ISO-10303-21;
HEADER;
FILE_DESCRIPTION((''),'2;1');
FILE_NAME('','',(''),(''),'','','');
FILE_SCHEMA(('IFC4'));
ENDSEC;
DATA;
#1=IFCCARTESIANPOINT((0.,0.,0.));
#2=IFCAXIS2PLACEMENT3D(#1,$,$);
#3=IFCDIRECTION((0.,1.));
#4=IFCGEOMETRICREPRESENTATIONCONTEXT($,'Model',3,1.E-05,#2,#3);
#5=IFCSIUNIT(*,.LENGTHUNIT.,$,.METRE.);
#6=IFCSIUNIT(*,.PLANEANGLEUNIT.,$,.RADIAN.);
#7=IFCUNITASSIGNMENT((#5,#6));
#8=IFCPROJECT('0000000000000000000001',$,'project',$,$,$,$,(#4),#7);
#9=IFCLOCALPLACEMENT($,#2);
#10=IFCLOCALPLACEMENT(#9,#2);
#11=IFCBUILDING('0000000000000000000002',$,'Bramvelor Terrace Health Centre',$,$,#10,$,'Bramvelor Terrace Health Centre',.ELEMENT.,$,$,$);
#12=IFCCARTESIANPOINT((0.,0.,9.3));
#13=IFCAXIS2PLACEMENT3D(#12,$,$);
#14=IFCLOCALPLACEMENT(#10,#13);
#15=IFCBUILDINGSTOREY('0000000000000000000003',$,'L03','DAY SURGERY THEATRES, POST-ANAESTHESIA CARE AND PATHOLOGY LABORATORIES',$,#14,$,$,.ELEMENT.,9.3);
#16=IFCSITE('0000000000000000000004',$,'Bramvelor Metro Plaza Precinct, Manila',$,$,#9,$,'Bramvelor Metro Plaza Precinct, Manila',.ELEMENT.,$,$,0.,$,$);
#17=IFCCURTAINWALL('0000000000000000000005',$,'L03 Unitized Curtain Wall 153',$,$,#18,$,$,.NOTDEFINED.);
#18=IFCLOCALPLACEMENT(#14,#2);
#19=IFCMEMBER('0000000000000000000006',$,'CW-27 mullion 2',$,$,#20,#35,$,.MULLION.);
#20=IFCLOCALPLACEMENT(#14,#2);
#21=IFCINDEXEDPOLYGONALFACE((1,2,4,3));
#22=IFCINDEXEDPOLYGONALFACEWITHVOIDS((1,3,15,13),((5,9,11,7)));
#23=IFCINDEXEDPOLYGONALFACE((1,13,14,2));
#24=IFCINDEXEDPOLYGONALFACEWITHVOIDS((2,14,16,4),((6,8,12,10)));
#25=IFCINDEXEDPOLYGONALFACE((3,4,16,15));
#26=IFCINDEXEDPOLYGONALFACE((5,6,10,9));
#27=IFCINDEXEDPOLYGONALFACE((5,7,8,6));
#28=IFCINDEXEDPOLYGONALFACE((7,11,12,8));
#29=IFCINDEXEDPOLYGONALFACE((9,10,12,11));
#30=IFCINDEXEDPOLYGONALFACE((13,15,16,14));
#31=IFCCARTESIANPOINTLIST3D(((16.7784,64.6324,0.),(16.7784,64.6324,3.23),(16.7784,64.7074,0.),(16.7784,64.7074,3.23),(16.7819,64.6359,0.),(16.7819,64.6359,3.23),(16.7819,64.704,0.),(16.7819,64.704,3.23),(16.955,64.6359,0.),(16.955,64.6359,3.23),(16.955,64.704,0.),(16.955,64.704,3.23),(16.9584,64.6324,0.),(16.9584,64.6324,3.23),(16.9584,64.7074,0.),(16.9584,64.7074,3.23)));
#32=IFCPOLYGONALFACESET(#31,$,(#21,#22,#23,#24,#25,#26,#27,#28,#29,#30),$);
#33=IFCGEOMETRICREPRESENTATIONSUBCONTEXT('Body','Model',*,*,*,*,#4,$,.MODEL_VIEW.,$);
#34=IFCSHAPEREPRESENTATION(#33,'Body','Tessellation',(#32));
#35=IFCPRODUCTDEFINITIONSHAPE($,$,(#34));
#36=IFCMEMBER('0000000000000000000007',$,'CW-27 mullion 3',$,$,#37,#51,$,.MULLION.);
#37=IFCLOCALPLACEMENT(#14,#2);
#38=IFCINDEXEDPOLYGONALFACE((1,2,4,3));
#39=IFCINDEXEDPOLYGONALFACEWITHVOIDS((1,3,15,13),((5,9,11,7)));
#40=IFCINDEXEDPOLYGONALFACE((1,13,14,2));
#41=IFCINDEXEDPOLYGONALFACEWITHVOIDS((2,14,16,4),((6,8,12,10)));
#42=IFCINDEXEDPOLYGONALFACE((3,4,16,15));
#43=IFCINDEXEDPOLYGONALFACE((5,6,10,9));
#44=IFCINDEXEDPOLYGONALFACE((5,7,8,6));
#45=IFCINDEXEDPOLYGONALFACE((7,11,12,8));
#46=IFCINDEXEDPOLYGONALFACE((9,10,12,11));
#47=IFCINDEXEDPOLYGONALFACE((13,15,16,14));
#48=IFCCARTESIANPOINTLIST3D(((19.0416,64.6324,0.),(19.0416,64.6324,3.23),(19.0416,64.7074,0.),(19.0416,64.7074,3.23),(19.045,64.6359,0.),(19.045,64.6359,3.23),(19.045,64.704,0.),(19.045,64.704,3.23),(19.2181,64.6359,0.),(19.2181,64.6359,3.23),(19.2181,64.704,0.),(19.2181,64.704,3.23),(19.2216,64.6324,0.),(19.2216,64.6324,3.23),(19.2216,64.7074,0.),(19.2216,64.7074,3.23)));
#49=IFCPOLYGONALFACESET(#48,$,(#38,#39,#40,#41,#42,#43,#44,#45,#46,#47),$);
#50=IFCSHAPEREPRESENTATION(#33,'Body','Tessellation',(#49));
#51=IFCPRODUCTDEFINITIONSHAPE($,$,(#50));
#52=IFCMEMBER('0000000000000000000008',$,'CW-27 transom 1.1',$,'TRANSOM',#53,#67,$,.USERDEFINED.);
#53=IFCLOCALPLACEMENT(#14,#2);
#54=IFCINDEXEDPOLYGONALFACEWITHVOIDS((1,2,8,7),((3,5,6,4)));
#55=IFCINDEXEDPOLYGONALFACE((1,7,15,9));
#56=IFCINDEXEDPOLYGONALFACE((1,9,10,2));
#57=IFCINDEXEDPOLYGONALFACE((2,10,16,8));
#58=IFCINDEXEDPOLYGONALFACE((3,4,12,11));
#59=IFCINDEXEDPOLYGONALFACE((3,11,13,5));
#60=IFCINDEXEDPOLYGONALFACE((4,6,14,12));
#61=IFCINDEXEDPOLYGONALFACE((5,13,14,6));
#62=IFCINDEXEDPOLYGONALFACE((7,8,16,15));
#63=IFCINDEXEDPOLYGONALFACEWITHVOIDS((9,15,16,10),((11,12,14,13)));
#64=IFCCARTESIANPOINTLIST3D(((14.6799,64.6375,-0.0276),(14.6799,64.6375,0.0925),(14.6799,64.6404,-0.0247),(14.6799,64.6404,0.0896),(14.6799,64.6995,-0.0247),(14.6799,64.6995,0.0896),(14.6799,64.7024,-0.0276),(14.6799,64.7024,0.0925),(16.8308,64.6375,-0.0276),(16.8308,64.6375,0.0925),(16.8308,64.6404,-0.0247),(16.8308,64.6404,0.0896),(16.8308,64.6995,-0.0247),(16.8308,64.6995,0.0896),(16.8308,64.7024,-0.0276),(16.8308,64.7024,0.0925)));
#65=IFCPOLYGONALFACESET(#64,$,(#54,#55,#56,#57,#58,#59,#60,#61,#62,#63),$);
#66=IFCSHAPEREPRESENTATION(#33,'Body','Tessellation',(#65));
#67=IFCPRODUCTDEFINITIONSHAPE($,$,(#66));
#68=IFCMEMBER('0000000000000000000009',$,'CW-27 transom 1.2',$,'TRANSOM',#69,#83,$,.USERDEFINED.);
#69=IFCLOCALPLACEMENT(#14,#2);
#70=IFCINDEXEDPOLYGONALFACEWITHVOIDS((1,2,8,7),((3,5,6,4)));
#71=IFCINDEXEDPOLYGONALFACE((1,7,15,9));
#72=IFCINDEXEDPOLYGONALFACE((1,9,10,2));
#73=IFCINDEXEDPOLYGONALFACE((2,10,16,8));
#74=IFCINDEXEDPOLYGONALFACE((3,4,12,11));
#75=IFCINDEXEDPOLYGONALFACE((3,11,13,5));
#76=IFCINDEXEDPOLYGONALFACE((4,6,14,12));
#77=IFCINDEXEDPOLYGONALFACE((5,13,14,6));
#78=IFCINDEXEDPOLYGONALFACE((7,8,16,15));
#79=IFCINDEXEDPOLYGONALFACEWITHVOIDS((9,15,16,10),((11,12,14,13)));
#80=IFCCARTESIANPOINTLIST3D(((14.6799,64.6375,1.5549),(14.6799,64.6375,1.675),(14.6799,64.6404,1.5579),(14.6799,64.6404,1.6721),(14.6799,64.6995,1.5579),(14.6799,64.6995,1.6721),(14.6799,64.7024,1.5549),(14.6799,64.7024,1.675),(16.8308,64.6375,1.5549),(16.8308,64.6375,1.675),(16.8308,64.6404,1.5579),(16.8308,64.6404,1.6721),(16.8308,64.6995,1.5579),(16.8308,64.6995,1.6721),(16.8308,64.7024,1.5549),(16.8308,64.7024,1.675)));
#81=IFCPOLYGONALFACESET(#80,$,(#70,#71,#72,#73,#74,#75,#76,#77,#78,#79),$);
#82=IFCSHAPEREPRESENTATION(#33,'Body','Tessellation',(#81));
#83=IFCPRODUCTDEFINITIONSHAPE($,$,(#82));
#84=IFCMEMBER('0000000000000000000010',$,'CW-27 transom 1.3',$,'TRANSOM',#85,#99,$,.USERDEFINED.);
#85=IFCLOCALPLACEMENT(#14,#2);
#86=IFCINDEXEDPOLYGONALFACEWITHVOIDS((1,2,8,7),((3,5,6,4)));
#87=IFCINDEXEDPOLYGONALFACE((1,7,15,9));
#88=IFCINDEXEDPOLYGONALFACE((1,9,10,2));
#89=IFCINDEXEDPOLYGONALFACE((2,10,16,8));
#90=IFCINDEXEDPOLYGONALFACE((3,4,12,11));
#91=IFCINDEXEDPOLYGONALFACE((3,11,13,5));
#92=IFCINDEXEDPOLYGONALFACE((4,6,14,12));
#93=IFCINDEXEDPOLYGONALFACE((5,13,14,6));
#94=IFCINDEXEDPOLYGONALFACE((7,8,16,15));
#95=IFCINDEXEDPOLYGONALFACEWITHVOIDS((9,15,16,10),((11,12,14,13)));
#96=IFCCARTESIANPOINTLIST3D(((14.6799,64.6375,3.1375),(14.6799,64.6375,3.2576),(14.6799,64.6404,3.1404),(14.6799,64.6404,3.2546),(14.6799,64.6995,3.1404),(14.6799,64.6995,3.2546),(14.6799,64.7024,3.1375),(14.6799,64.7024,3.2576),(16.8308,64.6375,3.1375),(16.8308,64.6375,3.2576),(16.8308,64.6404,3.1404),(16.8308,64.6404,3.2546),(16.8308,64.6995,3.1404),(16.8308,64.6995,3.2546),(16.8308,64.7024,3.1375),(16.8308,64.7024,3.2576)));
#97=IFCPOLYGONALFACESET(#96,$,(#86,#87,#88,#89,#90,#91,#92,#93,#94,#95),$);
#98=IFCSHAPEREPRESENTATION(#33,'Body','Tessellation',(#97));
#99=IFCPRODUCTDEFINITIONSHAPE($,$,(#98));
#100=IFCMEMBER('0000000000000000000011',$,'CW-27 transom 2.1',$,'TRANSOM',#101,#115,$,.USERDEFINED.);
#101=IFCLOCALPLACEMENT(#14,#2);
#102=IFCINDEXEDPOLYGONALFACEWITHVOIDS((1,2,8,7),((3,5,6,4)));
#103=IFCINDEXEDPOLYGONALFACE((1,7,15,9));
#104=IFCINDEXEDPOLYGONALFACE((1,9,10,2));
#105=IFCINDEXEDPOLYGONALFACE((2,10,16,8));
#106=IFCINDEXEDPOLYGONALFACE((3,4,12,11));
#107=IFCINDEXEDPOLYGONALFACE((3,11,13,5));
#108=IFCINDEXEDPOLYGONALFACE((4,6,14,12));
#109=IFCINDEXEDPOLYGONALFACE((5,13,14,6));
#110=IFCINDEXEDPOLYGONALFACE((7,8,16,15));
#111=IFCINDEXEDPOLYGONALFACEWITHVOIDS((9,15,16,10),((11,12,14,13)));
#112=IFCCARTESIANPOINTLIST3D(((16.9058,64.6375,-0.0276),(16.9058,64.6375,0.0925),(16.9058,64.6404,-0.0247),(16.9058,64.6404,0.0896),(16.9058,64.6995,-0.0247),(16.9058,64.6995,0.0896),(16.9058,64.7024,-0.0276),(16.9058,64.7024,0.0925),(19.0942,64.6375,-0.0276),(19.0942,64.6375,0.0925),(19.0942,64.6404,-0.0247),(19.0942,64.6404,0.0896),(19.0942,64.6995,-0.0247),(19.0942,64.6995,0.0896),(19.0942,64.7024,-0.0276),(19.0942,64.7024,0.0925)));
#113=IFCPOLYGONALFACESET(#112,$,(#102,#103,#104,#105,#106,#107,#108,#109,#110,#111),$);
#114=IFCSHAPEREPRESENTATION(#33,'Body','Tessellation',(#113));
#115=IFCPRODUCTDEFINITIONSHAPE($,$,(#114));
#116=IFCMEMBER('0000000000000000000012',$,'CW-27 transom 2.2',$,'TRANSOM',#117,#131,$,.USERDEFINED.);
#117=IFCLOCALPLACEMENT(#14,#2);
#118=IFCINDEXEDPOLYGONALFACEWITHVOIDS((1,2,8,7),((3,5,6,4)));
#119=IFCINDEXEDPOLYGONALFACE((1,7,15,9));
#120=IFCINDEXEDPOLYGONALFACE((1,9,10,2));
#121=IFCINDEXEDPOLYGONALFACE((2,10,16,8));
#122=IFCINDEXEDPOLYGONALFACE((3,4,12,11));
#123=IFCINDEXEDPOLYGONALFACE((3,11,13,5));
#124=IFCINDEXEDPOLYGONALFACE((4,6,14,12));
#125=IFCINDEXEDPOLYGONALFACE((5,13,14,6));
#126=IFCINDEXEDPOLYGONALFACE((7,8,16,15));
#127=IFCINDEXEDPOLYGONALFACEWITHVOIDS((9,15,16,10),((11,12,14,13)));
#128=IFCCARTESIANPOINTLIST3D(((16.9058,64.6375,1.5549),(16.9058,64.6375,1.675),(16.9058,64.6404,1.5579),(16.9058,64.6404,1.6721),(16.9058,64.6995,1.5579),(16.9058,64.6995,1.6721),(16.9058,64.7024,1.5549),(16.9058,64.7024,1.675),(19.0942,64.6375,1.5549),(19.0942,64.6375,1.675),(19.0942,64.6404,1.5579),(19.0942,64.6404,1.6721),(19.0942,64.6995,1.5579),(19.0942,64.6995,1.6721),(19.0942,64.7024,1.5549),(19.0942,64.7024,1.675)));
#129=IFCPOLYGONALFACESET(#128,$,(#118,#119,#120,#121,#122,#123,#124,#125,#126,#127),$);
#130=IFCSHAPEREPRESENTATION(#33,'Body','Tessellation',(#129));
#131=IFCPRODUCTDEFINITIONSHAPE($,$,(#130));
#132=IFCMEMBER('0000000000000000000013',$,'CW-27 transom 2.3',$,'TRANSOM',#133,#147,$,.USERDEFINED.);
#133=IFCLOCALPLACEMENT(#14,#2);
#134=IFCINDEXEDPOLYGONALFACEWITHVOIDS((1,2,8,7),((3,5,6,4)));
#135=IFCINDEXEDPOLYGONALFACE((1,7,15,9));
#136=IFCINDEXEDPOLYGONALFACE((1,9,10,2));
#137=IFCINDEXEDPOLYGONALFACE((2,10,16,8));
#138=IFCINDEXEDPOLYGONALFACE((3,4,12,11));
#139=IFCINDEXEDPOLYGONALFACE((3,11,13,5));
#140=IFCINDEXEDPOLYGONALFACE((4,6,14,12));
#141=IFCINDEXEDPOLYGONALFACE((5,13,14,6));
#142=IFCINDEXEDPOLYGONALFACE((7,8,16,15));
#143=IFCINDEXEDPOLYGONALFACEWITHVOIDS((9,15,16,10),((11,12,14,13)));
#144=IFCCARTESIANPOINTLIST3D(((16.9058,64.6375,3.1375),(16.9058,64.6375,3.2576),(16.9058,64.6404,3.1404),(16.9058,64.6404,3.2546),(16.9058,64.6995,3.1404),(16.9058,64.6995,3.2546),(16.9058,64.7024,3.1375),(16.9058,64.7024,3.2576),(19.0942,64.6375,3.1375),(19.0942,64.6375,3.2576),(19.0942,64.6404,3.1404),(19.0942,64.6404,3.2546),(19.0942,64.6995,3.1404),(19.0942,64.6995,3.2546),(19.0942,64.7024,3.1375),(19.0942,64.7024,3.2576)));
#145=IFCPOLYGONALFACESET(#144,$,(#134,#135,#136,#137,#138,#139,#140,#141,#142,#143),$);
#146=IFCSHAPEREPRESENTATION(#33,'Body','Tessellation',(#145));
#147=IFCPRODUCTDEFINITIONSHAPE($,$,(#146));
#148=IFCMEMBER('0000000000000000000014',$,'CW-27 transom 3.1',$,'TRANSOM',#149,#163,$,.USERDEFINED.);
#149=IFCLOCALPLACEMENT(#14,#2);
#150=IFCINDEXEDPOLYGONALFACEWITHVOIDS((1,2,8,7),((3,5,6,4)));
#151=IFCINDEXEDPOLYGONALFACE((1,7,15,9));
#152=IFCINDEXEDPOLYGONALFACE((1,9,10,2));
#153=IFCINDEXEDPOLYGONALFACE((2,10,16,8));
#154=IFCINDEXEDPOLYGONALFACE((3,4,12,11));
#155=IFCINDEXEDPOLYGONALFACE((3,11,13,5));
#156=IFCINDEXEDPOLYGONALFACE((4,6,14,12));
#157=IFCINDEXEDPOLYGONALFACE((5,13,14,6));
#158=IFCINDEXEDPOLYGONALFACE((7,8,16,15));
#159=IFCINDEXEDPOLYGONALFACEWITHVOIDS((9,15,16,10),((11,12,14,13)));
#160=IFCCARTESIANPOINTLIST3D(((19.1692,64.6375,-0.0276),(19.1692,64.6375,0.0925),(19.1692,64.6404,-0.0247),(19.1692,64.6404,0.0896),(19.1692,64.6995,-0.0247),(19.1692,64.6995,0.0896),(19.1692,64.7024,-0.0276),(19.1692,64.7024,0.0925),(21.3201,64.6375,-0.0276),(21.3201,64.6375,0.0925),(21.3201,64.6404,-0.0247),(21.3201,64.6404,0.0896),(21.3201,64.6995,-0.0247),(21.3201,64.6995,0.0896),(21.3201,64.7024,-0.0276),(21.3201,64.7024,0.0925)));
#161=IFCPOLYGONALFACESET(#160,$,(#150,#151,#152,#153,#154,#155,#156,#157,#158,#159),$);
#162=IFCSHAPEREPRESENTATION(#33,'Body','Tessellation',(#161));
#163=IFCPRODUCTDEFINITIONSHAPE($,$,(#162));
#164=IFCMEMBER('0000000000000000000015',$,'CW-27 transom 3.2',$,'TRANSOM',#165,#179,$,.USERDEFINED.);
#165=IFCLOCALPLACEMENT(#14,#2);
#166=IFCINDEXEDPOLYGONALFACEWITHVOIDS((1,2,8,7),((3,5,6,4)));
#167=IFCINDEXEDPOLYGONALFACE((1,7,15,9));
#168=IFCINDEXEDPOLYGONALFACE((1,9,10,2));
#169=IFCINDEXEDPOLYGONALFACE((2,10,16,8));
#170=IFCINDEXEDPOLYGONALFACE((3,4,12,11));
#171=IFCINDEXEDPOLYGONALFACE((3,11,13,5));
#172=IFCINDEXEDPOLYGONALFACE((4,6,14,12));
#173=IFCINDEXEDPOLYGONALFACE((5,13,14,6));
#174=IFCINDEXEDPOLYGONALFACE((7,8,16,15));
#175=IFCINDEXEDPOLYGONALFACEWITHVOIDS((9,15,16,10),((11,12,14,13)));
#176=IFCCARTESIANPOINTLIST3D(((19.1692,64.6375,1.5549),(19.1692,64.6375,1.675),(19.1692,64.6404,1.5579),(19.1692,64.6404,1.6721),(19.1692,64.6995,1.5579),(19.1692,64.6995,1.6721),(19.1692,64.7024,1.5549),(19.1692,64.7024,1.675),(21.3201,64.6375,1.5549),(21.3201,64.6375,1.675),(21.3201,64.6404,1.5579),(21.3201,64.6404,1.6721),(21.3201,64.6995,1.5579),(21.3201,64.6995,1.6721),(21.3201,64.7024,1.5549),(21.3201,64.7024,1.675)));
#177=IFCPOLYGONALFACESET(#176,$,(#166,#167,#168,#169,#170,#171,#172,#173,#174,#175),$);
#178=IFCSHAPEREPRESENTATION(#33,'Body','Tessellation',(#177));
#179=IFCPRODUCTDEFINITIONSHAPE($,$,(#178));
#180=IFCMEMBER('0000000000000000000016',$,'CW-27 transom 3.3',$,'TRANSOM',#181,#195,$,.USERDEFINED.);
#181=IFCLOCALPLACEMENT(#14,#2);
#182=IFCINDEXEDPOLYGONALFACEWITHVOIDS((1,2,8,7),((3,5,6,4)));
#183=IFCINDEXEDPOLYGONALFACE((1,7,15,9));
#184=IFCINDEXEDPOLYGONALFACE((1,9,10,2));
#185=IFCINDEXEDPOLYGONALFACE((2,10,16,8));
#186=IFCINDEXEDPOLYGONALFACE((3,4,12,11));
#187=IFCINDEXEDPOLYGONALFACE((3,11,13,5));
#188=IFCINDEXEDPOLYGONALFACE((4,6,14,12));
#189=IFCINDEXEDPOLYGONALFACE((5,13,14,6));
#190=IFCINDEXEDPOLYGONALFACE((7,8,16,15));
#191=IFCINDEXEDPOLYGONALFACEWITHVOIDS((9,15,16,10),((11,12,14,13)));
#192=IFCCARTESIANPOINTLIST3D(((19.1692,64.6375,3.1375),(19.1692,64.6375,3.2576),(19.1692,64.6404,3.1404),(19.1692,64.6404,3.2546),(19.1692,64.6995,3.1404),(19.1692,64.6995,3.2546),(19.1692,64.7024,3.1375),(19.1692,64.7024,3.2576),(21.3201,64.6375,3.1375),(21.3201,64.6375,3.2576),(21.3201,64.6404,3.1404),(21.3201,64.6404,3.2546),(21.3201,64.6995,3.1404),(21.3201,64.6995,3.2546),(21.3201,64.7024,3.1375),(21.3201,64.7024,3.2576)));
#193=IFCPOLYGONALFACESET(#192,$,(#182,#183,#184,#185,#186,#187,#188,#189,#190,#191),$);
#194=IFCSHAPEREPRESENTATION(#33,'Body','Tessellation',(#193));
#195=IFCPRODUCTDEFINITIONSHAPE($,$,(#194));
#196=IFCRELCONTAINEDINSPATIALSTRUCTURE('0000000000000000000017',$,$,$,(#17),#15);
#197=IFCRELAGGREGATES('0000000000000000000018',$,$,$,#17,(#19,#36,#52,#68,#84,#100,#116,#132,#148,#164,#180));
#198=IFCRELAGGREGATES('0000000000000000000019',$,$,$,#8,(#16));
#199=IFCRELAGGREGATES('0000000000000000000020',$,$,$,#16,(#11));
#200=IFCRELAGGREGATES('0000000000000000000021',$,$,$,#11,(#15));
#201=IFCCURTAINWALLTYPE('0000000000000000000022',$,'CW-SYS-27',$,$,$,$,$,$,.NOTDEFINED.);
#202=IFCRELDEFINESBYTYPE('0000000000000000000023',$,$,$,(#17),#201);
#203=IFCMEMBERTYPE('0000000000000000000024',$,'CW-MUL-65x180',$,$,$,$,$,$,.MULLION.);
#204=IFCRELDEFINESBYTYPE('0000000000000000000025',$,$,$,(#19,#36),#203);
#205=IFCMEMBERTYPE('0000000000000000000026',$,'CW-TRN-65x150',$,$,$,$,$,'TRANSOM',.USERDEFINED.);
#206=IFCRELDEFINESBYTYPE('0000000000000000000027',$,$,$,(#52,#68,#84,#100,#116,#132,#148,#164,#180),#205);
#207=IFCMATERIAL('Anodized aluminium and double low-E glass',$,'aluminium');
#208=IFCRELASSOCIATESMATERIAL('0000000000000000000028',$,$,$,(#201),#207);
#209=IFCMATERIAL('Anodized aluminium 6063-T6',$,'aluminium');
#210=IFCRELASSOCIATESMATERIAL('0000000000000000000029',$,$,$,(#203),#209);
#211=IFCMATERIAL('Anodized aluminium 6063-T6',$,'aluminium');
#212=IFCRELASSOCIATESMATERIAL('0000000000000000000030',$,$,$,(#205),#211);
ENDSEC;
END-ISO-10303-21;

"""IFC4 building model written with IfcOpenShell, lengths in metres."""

from ifc_helpers import new_model, si_unit, direction, frame, origin, origin_2d, place, context, subcontext, project, spatial, hollow_rectangle, extrude, material, material_profile, profile_set, type_object, element, aggregate, save


model = new_model("IFC4")

# Units and contexts
model_context = context("Model", 3, precision=1e-05, world=origin(), true_north=direction((0.0, 1.0)))
body_context = subcontext(model_context, "Body", "Model", "MODEL_VIEW")
ifc_project = project(units=[si_unit("LENGTHUNIT", "METRE"), si_unit("PLANEANGLEUNIT", "RADIAN")], contexts=[model_context])

# Site, building, storey
site_placement = place(None, origin())
site = spatial("IfcSite", under=ifc_project, at=site_placement, Name="Bramvelor Metro Plaza Precinct, Manila", LongName="Bramvelor Metro Plaza Precinct, Manila", CompositionType="ELEMENT", RefElevation=0.0)
building_placement = place(site_placement, origin())
building = spatial("IfcBuilding", under=site, at=building_placement, Name="Bramvelor Terrace Health Centre", LongName="Bramvelor Terrace Health Centre", CompositionType="ELEMENT")
storey_placement = place(building_placement, frame((0.0, 0.0, 9.3)))
storey = spatial("IfcBuildingStorey", under=building, at=storey_placement, Name="L03", Description="DAY SURGERY THEATRES, POST-ANAESTHESIA CARE AND PATHOLOGY LABORATORIES", CompositionType="ELEMENT", Elevation=9.3)

# Curtain wall, members
ifc_material_1 = material(Name="Anodized aluminium and double low-E glass", Category="aluminium")
curtain_wall_type = type_object("IfcCurtainWallType", Name="CW-SYS-27", PredefinedType="NOTDEFINED", material=ifc_material_1)
curtain_wall_placement = place(storey_placement, origin())
curtain_wall = element("IfcCurtainWall", 1, at=curtain_wall_placement, inside=storey, type_object=curtain_wall_type, Name="L03 Unitized Curtain Wall 153", PredefinedType="NOTDEFINED")
ifc_material_2 = material(Name="Anodized aluminium 6063-T6", Category="aluminium")
ifc_material_profile_1 = material_profile(ifc_material_2, hollow_rectangle(XDim=0.075, YDim=0.1799, WallThickness=0.0034, at=origin_2d()), Name="ALU-MUL 75x180x3.5")
ifc_profile_set_1 = profile_set([ifc_material_profile_1], Name="Anodized aluminium 6063-T6")
member_type_1 = type_object("IfcMemberType", Name="CW-MUL-65x180", PredefinedType="MULLION", material=ifc_profile_set_1)
member_1_placement = place(storey_placement, frame((16.8684, 64.6699, 0.0), z_axis=(0.0, 0.0, 1.0), x_axis=(0.0, 1.0, 0.0)))
member_1 = element("IfcMember", 2, at=member_1_placement, type_object=member_type_1, Name="CW-27 mullion 2", PredefinedType="MULLION", context=body_context, shape_type="SweptSolid", body=[
    extrude(hollow_rectangle(XDim=0.075, YDim=0.1799, WallThickness=0.0034, at=origin_2d()), origin(), (0.0, 0.0, 1.0), 3.23),
])
member_2_placement = place(storey_placement, frame((19.1316, 64.6699, 0.0), z_axis=(0.0, 0.0, 1.0), x_axis=(0.0, 1.0, 0.0)))
member_2 = element("IfcMember", 3, at=member_2_placement, type_object=member_type_1, Name="CW-27 mullion 3", PredefinedType="MULLION", context=body_context, shape_type="SweptSolid", body=[
    extrude(hollow_rectangle(XDim=0.075, YDim=0.1799, WallThickness=0.0034, at=origin_2d()), origin(), (0.0, 0.0, 1.0), 3.23),
])
ifc_material_3 = material(Name="Anodized aluminium 6063-T6", Category="aluminium")
ifc_material_profile_2 = material_profile(ifc_material_3, hollow_rectangle(XDim=0.0649, YDim=0.1201, WallThickness=0.0029, at=origin_2d()), Name="ALU-TRN 65x120x3.0")
ifc_profile_set_2 = profile_set([ifc_material_profile_2], Name="Anodized aluminium 6063-T6")
member_type_2 = type_object("IfcMemberType", Name="CW-TRN-65x150", ElementType="TRANSOM", PredefinedType="USERDEFINED", material=ifc_profile_set_2)
member_3_placement = place(storey_placement, frame((14.6799, 64.6699, 0.0325), z_axis=(1.0, 0.0, 0.0), x_axis=(0.0, 1.0, 0.0)))
member_3 = element("IfcMember", 4, at=member_3_placement, type_object=member_type_2, Name="CW-27 transom 1.1", ObjectType="TRANSOM", PredefinedType="USERDEFINED", context=body_context, shape_type="SweptSolid", body=[
    extrude(hollow_rectangle(XDim=0.0649, YDim=0.1201, WallThickness=0.0029, at=origin_2d()), origin(), (0.0, 0.0, 1.0), 2.1509),
])
member_4_placement = place(storey_placement, frame((14.6799, 64.6699, 1.615), z_axis=(1.0, 0.0, 0.0), x_axis=(0.0, 1.0, 0.0)))
member_4 = element("IfcMember", 5, at=member_4_placement, type_object=member_type_2, Name="CW-27 transom 1.2", ObjectType="TRANSOM", PredefinedType="USERDEFINED", context=body_context, shape_type="SweptSolid", body=[
    extrude(hollow_rectangle(XDim=0.0649, YDim=0.1201, WallThickness=0.0029, at=origin_2d()), origin(), (0.0, 0.0, 1.0), 2.1509),
])
member_5_placement = place(storey_placement, frame((14.6799, 64.6699, 3.1975), z_axis=(1.0, 0.0, 0.0), x_axis=(0.0, 1.0, 0.0)))
member_5 = element("IfcMember", 6, at=member_5_placement, type_object=member_type_2, Name="CW-27 transom 1.3", ObjectType="TRANSOM", PredefinedType="USERDEFINED", context=body_context, shape_type="SweptSolid", body=[
    extrude(hollow_rectangle(XDim=0.0649, YDim=0.1201, WallThickness=0.0029, at=origin_2d()), origin(), (0.0, 0.0, 1.0), 2.1509),
])
member_6_placement = place(storey_placement, frame((16.9058, 64.6699, 0.0325), z_axis=(1.0, 0.0, 0.0), x_axis=(0.0, 1.0, 0.0)))
member_6 = element("IfcMember", 7, at=member_6_placement, type_object=member_type_2, Name="CW-27 transom 2.1", ObjectType="TRANSOM", PredefinedType="USERDEFINED", context=body_context, shape_type="SweptSolid", body=[
    extrude(hollow_rectangle(XDim=0.0649, YDim=0.1201, WallThickness=0.0029, at=origin_2d()), origin(), (0.0, 0.0, 1.0), 2.1885),
])
member_7_placement = place(storey_placement, frame((16.9058, 64.6699, 1.615), z_axis=(1.0, 0.0, 0.0), x_axis=(0.0, 1.0, 0.0)))
member_7 = element("IfcMember", 8, at=member_7_placement, type_object=member_type_2, Name="CW-27 transom 2.2", ObjectType="TRANSOM", PredefinedType="USERDEFINED", context=body_context, shape_type="SweptSolid", body=[
    extrude(hollow_rectangle(XDim=0.0649, YDim=0.1201, WallThickness=0.0029, at=origin_2d()), origin(), (0.0, 0.0, 1.0), 2.1885),
])
member_8_placement = place(storey_placement, frame((16.9058, 64.6699, 3.1975), z_axis=(1.0, 0.0, 0.0), x_axis=(0.0, 1.0, 0.0)))
member_8 = element("IfcMember", 9, at=member_8_placement, type_object=member_type_2, Name="CW-27 transom 2.3", ObjectType="TRANSOM", PredefinedType="USERDEFINED", context=body_context, shape_type="SweptSolid", body=[
    extrude(hollow_rectangle(XDim=0.0649, YDim=0.1201, WallThickness=0.0029, at=origin_2d()), origin(), (0.0, 0.0, 1.0), 2.1885),
])
member_9_placement = place(storey_placement, frame((19.1692, 64.6699, 0.0325), z_axis=(1.0, 0.0, 0.0), x_axis=(0.0, 1.0, 0.0)))
member_9 = element("IfcMember", 10, at=member_9_placement, type_object=member_type_2, Name="CW-27 transom 3.1", ObjectType="TRANSOM", PredefinedType="USERDEFINED", context=body_context, shape_type="SweptSolid", body=[
    extrude(hollow_rectangle(XDim=0.0649, YDim=0.1201, WallThickness=0.0029, at=origin_2d()), origin(), (0.0, 0.0, 1.0), 2.1509),
])
member_10_placement = place(storey_placement, frame((19.1692, 64.6699, 1.615), z_axis=(1.0, 0.0, 0.0), x_axis=(0.0, 1.0, 0.0)))
member_10 = element("IfcMember", 11, at=member_10_placement, type_object=member_type_2, Name="CW-27 transom 3.2", ObjectType="TRANSOM", PredefinedType="USERDEFINED", context=body_context, shape_type="SweptSolid", body=[
    extrude(hollow_rectangle(XDim=0.0649, YDim=0.1201, WallThickness=0.0029, at=origin_2d()), origin(), (0.0, 0.0, 1.0), 2.1509),
])
member_11_placement = place(storey_placement, frame((19.1692, 64.6699, 3.1975), z_axis=(1.0, 0.0, 0.0), x_axis=(0.0, 1.0, 0.0)))
member_11 = element("IfcMember", 12, at=member_11_placement, type_object=member_type_2, Name="CW-27 transom 3.3", ObjectType="TRANSOM", PredefinedType="USERDEFINED", context=body_context, shape_type="SweptSolid", body=[
    extrude(hollow_rectangle(XDim=0.0649, YDim=0.1201, WallThickness=0.0029, at=origin_2d()), origin(), (0.0, 0.0, 1.0), 2.1509),
])
aggregate(curtain_wall, [member_1, member_2, member_3, member_4, member_5, member_6, member_7, member_8, member_9, member_10, member_11])

save(model, "model.ifc")
